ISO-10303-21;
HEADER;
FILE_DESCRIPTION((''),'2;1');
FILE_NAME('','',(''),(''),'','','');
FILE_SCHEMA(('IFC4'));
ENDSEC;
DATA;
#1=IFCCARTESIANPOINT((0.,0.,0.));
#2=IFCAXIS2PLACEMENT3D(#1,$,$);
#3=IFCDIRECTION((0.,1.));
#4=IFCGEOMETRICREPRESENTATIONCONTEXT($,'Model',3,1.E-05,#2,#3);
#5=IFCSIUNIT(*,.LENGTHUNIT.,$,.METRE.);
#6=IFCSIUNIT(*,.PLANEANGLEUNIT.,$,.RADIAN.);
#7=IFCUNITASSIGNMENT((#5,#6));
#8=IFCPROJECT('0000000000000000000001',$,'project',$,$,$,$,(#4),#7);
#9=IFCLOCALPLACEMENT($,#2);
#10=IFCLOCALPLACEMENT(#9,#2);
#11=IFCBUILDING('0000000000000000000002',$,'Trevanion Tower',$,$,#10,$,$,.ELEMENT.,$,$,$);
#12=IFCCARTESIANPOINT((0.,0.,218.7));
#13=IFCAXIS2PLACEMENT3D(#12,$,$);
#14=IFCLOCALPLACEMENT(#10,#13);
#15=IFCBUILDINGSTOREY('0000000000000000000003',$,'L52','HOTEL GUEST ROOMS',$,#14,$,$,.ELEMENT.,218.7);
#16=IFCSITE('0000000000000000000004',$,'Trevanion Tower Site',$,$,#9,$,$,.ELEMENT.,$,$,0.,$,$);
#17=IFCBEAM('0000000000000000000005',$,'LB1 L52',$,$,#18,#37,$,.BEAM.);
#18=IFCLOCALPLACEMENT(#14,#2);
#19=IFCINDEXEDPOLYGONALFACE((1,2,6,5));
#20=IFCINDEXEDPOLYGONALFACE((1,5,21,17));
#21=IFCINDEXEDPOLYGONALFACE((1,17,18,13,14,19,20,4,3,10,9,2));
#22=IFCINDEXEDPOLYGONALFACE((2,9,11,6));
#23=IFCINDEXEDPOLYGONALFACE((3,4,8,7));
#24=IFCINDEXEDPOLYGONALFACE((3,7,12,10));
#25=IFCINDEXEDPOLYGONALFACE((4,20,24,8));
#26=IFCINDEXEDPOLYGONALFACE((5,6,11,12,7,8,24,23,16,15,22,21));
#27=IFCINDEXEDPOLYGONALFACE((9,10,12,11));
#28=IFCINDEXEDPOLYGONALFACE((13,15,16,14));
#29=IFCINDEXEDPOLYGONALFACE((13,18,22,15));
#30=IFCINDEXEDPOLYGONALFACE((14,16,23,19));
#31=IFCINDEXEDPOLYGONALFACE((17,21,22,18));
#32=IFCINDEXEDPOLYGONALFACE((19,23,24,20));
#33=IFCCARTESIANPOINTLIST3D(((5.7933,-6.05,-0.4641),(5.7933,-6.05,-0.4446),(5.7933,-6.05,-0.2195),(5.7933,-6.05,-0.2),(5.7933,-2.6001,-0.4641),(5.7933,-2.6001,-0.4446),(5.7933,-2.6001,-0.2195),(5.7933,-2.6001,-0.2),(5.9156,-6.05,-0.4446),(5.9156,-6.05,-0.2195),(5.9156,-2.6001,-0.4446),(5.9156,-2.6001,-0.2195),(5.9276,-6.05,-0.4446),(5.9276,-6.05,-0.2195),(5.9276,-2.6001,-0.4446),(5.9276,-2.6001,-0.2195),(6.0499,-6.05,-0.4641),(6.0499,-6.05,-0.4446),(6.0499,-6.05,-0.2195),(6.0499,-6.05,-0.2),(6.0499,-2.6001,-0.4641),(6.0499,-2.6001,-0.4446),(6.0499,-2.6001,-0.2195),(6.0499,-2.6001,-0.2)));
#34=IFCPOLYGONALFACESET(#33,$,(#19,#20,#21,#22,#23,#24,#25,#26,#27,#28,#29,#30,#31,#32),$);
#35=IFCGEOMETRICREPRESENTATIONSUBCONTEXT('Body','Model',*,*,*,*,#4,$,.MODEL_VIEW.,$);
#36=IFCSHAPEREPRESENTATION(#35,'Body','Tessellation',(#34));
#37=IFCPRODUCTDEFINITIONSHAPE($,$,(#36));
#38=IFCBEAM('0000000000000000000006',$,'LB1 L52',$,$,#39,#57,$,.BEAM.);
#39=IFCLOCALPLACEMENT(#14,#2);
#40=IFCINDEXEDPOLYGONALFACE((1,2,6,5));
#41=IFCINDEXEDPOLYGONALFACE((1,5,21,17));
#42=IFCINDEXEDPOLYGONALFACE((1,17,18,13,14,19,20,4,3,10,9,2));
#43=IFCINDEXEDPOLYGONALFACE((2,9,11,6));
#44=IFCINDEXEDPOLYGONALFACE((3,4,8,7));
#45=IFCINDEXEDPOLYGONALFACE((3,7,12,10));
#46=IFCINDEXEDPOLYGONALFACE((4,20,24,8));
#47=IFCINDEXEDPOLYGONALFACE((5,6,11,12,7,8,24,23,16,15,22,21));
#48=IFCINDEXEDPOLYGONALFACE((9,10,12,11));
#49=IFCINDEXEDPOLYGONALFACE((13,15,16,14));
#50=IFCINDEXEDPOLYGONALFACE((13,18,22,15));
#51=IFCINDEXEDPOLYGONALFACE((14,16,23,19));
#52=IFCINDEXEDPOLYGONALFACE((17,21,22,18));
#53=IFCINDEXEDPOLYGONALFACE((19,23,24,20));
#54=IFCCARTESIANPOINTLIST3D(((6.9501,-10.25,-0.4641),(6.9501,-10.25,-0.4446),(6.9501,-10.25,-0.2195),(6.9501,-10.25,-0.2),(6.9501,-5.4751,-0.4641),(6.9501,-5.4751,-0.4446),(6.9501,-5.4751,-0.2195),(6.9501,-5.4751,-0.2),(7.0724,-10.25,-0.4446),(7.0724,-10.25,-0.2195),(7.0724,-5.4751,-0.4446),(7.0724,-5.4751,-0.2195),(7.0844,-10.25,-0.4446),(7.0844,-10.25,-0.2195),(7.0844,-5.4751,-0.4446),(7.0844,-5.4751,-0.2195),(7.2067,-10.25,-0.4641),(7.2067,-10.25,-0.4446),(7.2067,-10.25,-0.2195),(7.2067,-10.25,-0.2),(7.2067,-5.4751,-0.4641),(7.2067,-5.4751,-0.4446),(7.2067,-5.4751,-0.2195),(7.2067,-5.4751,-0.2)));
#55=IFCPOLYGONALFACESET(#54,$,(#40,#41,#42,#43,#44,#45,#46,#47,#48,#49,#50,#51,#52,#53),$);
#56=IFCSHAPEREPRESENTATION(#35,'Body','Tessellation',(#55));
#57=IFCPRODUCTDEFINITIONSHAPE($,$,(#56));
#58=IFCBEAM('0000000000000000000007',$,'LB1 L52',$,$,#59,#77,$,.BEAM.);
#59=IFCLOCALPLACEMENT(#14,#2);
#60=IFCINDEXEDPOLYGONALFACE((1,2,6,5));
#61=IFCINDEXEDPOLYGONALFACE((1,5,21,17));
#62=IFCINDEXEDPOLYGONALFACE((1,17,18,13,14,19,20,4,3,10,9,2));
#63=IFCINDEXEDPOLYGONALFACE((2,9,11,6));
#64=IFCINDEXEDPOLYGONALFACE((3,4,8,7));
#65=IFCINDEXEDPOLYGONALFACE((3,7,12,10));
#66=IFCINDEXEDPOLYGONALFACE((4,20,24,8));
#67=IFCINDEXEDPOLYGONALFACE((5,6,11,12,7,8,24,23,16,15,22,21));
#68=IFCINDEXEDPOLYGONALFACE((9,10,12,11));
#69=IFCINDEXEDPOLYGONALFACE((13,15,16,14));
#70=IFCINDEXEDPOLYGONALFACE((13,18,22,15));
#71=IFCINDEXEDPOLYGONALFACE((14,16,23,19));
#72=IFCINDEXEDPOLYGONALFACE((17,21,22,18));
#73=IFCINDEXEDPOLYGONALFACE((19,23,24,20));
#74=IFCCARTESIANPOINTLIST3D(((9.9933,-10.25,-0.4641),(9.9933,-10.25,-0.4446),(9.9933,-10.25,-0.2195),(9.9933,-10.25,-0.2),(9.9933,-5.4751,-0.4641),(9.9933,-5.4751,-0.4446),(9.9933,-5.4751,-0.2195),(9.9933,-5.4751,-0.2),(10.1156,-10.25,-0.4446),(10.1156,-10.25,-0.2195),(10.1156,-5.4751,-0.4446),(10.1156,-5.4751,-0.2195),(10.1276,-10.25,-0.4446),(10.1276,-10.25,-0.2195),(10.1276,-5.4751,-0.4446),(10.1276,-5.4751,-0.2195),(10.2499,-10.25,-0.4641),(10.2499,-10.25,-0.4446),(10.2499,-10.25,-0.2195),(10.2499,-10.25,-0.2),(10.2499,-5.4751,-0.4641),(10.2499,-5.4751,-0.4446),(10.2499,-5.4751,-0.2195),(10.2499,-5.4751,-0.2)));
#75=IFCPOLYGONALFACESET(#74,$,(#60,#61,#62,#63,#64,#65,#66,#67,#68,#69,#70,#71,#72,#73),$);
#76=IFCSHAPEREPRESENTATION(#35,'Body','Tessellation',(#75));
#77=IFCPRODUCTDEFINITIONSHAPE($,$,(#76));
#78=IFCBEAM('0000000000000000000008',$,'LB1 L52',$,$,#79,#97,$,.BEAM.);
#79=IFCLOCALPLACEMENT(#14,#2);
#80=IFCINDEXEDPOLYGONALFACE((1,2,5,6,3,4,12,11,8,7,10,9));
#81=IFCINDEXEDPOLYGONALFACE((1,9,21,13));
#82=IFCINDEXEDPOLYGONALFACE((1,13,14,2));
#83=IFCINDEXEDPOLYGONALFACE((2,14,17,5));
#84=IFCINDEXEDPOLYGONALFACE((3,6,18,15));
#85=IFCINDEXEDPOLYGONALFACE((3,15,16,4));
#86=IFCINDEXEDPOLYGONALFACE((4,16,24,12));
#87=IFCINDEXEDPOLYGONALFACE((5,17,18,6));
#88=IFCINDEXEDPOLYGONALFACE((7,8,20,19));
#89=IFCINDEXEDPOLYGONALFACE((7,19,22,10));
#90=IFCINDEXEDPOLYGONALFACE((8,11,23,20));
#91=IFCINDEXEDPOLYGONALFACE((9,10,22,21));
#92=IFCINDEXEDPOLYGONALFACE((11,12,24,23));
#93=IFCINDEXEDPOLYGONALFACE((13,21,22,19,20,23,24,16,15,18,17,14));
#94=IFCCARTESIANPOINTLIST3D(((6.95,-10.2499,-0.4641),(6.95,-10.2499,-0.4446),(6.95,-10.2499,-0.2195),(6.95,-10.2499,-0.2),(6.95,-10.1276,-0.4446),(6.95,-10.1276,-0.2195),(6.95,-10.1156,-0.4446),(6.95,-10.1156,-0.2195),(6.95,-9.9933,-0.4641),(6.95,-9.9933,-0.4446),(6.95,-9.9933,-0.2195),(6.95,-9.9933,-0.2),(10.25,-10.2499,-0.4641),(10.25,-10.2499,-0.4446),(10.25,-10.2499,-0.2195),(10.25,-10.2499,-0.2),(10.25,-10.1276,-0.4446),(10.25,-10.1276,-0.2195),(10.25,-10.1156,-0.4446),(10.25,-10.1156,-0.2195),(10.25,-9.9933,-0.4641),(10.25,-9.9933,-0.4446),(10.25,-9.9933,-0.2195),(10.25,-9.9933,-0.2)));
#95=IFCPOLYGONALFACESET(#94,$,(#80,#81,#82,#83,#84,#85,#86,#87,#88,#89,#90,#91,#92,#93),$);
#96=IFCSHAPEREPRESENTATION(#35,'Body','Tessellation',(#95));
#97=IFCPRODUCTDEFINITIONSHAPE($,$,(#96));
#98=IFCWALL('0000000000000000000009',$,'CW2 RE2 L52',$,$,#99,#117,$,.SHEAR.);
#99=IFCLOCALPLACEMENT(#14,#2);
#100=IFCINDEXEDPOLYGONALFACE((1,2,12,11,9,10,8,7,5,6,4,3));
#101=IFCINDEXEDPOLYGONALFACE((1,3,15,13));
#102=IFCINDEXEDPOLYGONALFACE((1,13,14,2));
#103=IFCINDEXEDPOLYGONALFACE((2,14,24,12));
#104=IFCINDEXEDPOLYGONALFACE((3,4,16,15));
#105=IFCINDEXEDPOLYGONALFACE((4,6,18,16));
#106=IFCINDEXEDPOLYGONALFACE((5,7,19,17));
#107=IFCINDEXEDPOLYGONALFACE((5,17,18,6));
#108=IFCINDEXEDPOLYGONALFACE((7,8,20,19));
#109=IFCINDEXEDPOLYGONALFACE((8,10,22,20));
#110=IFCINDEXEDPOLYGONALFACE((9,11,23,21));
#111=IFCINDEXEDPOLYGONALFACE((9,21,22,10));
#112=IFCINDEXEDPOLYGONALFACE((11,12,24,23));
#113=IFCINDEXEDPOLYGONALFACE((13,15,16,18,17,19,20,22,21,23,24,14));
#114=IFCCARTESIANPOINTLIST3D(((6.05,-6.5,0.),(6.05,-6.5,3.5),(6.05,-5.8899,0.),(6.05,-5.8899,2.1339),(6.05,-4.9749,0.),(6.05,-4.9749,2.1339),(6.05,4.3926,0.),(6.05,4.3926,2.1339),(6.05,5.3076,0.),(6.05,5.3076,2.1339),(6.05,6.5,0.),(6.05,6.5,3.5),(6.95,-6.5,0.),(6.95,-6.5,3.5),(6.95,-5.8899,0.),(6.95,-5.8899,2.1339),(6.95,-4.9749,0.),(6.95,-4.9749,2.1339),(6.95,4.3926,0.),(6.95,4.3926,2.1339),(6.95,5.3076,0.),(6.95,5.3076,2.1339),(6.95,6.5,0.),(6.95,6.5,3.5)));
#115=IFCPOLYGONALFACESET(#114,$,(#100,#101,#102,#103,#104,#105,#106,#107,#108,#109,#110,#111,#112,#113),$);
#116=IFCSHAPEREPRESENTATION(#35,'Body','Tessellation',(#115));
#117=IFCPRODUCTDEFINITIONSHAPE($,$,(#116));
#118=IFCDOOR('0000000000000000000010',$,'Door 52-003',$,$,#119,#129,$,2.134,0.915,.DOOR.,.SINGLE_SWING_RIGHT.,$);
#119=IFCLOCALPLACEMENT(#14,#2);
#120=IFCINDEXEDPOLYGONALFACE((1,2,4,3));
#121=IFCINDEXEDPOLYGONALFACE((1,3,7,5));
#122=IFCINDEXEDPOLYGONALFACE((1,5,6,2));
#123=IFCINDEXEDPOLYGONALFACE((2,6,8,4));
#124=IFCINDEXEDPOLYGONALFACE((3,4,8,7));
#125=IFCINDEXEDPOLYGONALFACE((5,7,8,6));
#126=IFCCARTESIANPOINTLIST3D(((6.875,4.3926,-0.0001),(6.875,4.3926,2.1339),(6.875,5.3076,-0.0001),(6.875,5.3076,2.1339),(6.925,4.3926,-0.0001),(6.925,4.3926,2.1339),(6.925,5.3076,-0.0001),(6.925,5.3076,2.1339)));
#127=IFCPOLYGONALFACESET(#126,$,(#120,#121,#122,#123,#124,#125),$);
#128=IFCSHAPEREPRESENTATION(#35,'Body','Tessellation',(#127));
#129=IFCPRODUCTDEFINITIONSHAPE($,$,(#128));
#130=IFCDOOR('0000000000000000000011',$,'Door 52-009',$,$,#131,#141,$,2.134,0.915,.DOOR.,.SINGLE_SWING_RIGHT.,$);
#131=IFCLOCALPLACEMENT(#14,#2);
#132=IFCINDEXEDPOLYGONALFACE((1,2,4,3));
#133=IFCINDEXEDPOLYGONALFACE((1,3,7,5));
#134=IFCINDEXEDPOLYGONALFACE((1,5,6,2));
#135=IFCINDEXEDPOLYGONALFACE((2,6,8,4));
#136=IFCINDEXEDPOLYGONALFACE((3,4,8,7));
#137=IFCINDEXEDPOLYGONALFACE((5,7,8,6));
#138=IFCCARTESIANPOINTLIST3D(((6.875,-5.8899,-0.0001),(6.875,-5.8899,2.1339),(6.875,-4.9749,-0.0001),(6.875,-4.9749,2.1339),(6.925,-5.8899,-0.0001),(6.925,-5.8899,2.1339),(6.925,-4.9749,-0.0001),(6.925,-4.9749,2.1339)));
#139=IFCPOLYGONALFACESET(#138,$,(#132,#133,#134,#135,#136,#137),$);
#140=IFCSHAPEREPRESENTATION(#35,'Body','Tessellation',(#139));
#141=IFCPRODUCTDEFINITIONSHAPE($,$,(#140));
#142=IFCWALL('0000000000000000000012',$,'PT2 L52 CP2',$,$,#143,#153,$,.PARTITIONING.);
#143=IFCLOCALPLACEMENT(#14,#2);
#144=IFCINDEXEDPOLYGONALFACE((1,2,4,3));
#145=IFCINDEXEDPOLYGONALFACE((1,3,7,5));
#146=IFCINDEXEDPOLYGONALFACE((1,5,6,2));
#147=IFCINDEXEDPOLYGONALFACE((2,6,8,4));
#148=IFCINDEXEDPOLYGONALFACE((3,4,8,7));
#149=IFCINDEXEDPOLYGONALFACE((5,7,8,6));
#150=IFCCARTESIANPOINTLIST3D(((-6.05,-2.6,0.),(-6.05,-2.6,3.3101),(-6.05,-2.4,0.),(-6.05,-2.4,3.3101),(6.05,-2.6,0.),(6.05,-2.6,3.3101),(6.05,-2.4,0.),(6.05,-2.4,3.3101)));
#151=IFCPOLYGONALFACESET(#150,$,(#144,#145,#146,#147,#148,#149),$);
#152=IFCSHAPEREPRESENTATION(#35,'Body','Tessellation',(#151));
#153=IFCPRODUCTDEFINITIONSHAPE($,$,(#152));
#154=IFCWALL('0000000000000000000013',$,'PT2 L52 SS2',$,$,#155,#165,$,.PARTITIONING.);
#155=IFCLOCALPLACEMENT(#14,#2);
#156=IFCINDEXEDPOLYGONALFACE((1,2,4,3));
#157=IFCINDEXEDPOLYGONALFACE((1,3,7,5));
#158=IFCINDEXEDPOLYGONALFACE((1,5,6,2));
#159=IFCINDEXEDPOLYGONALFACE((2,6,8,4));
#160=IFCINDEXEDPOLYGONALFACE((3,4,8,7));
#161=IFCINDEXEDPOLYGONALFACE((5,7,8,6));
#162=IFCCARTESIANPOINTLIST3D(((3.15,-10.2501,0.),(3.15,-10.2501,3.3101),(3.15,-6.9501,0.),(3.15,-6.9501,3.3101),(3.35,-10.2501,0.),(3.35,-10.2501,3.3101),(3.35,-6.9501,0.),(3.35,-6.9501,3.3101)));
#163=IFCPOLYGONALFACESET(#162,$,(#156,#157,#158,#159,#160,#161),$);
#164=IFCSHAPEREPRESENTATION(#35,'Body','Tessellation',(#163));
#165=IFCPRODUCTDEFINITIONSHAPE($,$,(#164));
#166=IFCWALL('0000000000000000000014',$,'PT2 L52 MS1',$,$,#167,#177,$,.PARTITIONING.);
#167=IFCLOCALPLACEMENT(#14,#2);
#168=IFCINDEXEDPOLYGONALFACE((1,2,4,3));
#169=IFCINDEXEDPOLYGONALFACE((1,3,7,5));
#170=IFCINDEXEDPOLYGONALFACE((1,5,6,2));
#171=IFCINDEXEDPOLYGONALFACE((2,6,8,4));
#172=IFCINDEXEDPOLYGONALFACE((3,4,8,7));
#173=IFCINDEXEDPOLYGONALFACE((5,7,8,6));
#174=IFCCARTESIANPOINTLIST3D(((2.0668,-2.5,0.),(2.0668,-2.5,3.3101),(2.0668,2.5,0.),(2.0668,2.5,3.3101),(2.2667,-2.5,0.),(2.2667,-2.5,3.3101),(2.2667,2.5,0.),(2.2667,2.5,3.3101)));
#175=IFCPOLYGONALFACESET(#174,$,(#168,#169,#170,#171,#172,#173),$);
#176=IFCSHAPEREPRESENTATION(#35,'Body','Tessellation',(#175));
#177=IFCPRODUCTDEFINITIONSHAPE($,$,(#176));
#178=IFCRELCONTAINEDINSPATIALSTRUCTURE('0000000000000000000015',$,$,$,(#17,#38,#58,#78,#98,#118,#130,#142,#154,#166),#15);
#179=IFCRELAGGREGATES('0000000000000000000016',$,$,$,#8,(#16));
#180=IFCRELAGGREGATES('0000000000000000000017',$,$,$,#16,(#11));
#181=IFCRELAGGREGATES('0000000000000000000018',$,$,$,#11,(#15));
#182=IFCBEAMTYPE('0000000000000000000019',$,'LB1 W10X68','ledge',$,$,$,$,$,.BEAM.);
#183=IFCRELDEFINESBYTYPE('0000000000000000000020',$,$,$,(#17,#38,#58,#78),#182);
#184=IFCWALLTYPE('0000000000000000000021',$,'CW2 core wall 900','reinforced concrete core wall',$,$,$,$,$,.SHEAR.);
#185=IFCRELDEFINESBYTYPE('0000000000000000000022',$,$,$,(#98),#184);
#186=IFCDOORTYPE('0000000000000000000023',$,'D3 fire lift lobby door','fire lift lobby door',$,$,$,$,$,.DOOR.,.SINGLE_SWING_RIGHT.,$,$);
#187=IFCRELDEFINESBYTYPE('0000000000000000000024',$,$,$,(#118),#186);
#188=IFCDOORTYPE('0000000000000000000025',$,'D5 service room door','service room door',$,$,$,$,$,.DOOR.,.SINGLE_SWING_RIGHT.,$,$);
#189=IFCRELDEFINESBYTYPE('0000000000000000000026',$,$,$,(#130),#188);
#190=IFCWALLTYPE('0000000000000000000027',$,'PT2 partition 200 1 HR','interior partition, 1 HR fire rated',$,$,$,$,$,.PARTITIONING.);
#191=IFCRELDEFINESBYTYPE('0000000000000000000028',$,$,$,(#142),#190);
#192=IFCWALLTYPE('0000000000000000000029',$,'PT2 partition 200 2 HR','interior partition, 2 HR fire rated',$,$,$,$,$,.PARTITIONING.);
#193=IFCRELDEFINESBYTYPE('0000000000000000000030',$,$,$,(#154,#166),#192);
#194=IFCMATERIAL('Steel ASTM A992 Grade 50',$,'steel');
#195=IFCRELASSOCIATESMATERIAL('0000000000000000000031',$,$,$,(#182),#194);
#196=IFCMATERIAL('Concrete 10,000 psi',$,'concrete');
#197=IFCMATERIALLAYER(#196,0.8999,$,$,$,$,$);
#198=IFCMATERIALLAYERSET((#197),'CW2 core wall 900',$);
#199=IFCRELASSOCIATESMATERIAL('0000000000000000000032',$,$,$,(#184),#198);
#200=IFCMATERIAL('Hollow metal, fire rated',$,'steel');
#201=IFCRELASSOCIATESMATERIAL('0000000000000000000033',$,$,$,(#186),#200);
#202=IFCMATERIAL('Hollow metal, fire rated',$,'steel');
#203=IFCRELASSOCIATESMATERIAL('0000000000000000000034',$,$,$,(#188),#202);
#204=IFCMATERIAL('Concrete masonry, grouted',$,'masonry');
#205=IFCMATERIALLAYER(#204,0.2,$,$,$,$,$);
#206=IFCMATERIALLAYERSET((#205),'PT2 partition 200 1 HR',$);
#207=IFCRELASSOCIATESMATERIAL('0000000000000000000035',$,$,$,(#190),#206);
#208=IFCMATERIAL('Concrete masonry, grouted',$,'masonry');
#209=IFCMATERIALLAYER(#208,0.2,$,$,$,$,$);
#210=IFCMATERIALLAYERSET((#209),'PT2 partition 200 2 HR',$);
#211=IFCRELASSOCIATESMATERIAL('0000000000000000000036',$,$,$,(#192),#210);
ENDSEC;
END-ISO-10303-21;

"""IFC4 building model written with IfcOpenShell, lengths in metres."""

from ifc_helpers import new_model, si_unit, direction, frame, frame_2d, origin, origin_2d, place, context, subcontext, project, spatial, rectangle, i_section, extrude, material, layer, layer_set, material_profile, profile_set, type_object, element, fill, save


model = new_model("IFC4")

# Units and contexts
model_context = context("Model", 3, precision=1e-05, world=origin(), true_north=direction((0.0, 1.0)))
body_context = subcontext(model_context, "Body", "Model", "MODEL_VIEW")
ifc_project = project(units=[si_unit("LENGTHUNIT", "METRE"), si_unit("PLANEANGLEUNIT", "RADIAN")], contexts=[model_context])

# Site, building, storey
site_placement = place(None, origin())
site = spatial("IfcSite", under=ifc_project, at=site_placement, Name="Trevanion Tower Site", CompositionType="ELEMENT", RefElevation=0.0)
building_placement = place(site_placement, origin())
building = spatial("IfcBuilding", under=site, at=building_placement, Name="Trevanion Tower", CompositionType="ELEMENT")
storey_placement = place(building_placement, frame((0.0, 0.0, 218.7)))
storey = spatial("IfcBuildingStorey", under=building, at=storey_placement, Name="L52", Description="HOTEL GUEST ROOMS", CompositionType="ELEMENT", Elevation=218.7)

# Beams
ifc_material_1 = material(Name="Steel ASTM A992 Grade 50", Category="steel")
ifc_material_profile = material_profile(ifc_material_1, i_section(OverallWidth=0.2566, OverallDepth=0.2642, WebThickness=0.012, FlangeThickness=0.0195, at=origin_2d()), Name="W10X68")
ifc_profile_set = profile_set([ifc_material_profile], Name="Steel ASTM A992 Grade 50")
beam_type = type_object("IfcBeamType", Name="LB1 W10X68", Description="ledge", PredefinedType="BEAM", material=ifc_profile_set)
beam_1_placement = place(storey_placement, frame((5.9216, -6.05, -0.332), z_axis=(0.0, 1.0, 0.0), x_axis=(-1.0, 0.0, 0.0)))
element("IfcBeam", 1, at=beam_1_placement, inside=storey, type_object=beam_type, Name="LB1 L52", PredefinedType="BEAM", context=body_context, shape_type="SweptSolid", body=[
    extrude(i_section(OverallWidth=0.2566, OverallDepth=0.2642, WebThickness=0.012, FlangeThickness=0.0195, at=origin_2d()), origin(), (0.0, 0.0, 1.0), 3.45),
])
for number, where, z_axis, x_axis, name in (
    (2, (7.0784, -10.25, -0.332), (0.0, 1.0, 0.0), (-1.0, 0.0, 0.0), "LB1 L52"),
    (3, (10.1216, -10.25, -0.332), (0.0, 1.0, 0.0), (-1.0, 0.0, 0.0), "LB1 L52"),
):
    element("IfcBeam", number, at=place(storey_placement, frame(where, z_axis=z_axis, x_axis=x_axis)), inside=storey, type_object=beam_type, Name=name, PredefinedType="BEAM", context=body_context, shape_type="SweptSolid", body=[
        extrude(i_section(OverallWidth=0.2566, OverallDepth=0.2642, WebThickness=0.012, FlangeThickness=0.0195, at=origin_2d()), origin(), (0.0, 0.0, 1.0), 4.7749),
    ])
beam_2_placement = place(storey_placement, frame((6.95, -10.1216, -0.332), z_axis=(1.0, 0.0, 0.0), x_axis=(0.0, 1.0, 0.0)))
element("IfcBeam", 4, at=beam_2_placement, inside=storey, type_object=beam_type, Name="LB1 L52", PredefinedType="BEAM", context=body_context, shape_type="SweptSolid", body=[
    extrude(i_section(OverallWidth=0.2566, OverallDepth=0.2642, WebThickness=0.012, FlangeThickness=0.0195, at=origin_2d()), origin(), (0.0, 0.0, 1.0), 3.3),
])

# Wall, openings, doors
ifc_material_2 = material(Name="Concrete 10,000 psi", Category="concrete")
ifc_layer_1 = layer(ifc_material_2, 0.8999)
ifc_layer_set_1 = layer_set([ifc_layer_1], Name="CW2 core wall 900")
wall_type_1 = type_object("IfcWallType", Name="CW2 core wall 900", Description="reinforced concrete core wall", PredefinedType="SHEAR", material=ifc_layer_set_1)
wall_1_placement = place(storey_placement, frame((6.5, -6.5, 0.0), z_axis=(0.0, 0.0, 1.0), x_axis=(0.0, 1.0, 0.0)))
wall_1 = element("IfcWall", 5, at=wall_1_placement, inside=storey, type_object=wall_type_1, Name="CW2 RE2 L52", PredefinedType="SHEAR", context=body_context, shape_type="SweptSolid", body=[
    extrude(rectangle(XDim=13.0, YDim=0.8999, at=frame_2d((6.5, 0.0))), origin(), (0.0, 0.0, 1.0), 3.5),
])
opening_1_placement = place(wall_1_placement, frame((10.8926, 0.0, 0.0)))
opening_1 = element("IfcOpeningElement", 6, at=opening_1_placement, cuts=wall_1, PredefinedType="OPENING", context=body_context, shape_type="SweptSolid", body=[
    extrude(rectangle(XDim=0.915, YDim=2.134, at=frame_2d((0.4575, 1.0669))), frame((0.0, 0.46, 0.0), z_axis=(0.0, -1.0, 0.0), x_axis=(1.0, 0.0, 0.0)), (0.0, 0.0, 1.0), 0.9199),
])
opening_2_placement = place(wall_1_placement, frame((0.6101, 0.0, 0.0)))
opening_2 = element("IfcOpeningElement", 7, at=opening_2_placement, cuts=wall_1, PredefinedType="OPENING", context=body_context, shape_type="SweptSolid", body=[
    extrude(rectangle(XDim=0.915, YDim=2.134, at=frame_2d((0.4575, 1.0669))), frame((0.0, 0.46, 0.0), z_axis=(0.0, -1.0, 0.0), x_axis=(1.0, 0.0, 0.0)), (0.0, 0.0, 1.0), 0.9199),
])
ifc_material_3 = material(Name="Hollow metal, fire rated", Category="steel")
door_type_1 = type_object("IfcDoorType", Name="D3 fire lift lobby door", Description="fire lift lobby door", OperationType="SINGLE_SWING_RIGHT", PredefinedType="DOOR", material=ifc_material_3)
door_1_placement = place(opening_1_placement, origin())
door_1 = element("IfcDoor", 8, at=door_1_placement, inside=storey, type_object=door_type_1, Name="Door 52-003", OperationType="SINGLE_SWING_RIGHT", OverallHeight=2.134, OverallWidth=0.915, PredefinedType="DOOR", context=body_context, shape_type="SweptSolid", body=[
    extrude(rectangle(XDim=0.915, YDim=2.134, at=frame_2d((0.4575, 1.0669))), frame((0.0, -0.375, 0.0), z_axis=(0.0, -1.0, 0.0), x_axis=(1.0, 0.0, 0.0)), (0.0, 0.0, 1.0), 0.05),
])
fill(opening_1, door_1)
ifc_material_4 = material(Name="Hollow metal, fire rated", Category="steel")
door_type_2 = type_object("IfcDoorType", Name="D5 service room door", Description="service room door", OperationType="SINGLE_SWING_RIGHT", PredefinedType="DOOR", material=ifc_material_4)
door_2_placement = place(opening_2_placement, origin())
door_2 = element("IfcDoor", 9, at=door_2_placement, inside=storey, type_object=door_type_2, Name="Door 52-009", OperationType="SINGLE_SWING_RIGHT", OverallHeight=2.134, OverallWidth=0.915, PredefinedType="DOOR", context=body_context, shape_type="SweptSolid", body=[
    extrude(rectangle(XDim=0.915, YDim=2.134, at=frame_2d((0.4575, 1.0669))), frame((0.0, -0.375, 0.0), z_axis=(0.0, -1.0, 0.0), x_axis=(1.0, 0.0, 0.0)), (0.0, 0.0, 1.0), 0.05),
])
fill(opening_2, door_2)

# Walls
ifc_material_5 = material(Name="Concrete masonry, grouted", Category="masonry")
ifc_layer_2 = layer(ifc_material_5, 0.2)
ifc_layer_set_2 = layer_set([ifc_layer_2], Name="PT2 partition 200 1 HR")
wall_type_2 = type_object("IfcWallType", Name="PT2 partition 200 1 HR", Description="interior partition, 1 HR fire rated", PredefinedType="PARTITIONING", material=ifc_layer_set_2)
wall_2_placement = place(storey_placement, frame((6.05, -2.5, 0.0), z_axis=(0.0, 0.0, 1.0), x_axis=(-1.0, 0.0, 0.0)))
element("IfcWall", 10, at=wall_2_placement, inside=storey, type_object=wall_type_2, Name="PT2 L52 CP2", PredefinedType="PARTITIONING", context=body_context, shape_type="SweptSolid", body=[
    extrude(rectangle(XDim=12.1001, YDim=0.2, at=frame_2d((6.05, 0.0))), origin(), (0.0, 0.0, 1.0), 3.3101),
])
ifc_material_6 = material(Name="Concrete masonry, grouted", Category="masonry")
ifc_layer_3 = layer(ifc_material_6, 0.2)
ifc_layer_set_3 = layer_set([ifc_layer_3], Name="PT2 partition 200 2 HR")
wall_type_3 = type_object("IfcWallType", Name="PT2 partition 200 2 HR", Description="interior partition, 2 HR fire rated", PredefinedType="PARTITIONING", material=ifc_layer_set_3)
wall_3_placement = place(storey_placement, frame((3.25, -10.25, 0.0), z_axis=(0.0, 0.0, 1.0), x_axis=(0.0, 1.0, 0.0)))
element("IfcWall", 11, at=wall_3_placement, inside=storey, type_object=wall_type_3, Name="PT2 L52 SS2", PredefinedType="PARTITIONING", context=body_context, shape_type="SweptSolid", body=[
    extrude(rectangle(XDim=3.3, YDim=0.2, at=frame_2d((1.6499, 0.0))), origin(), (0.0, 0.0, 1.0), 3.3101),
])
wall_4_placement = place(storey_placement, frame((2.1667, -2.5, 0.0), z_axis=(0.0, 0.0, 1.0), x_axis=(0.0, 1.0, 0.0)))
element("IfcWall", 12, at=wall_4_placement, inside=storey, type_object=wall_type_3, Name="PT2 L52 MS1", PredefinedType="PARTITIONING", context=body_context, shape_type="SweptSolid", body=[
    extrude(rectangle(XDim=5.0, YDim=0.2, at=frame_2d((2.5, 0.0))), origin(), (0.0, 0.0, 1.0), 3.3101),
])

save(model, "model.ifc")
